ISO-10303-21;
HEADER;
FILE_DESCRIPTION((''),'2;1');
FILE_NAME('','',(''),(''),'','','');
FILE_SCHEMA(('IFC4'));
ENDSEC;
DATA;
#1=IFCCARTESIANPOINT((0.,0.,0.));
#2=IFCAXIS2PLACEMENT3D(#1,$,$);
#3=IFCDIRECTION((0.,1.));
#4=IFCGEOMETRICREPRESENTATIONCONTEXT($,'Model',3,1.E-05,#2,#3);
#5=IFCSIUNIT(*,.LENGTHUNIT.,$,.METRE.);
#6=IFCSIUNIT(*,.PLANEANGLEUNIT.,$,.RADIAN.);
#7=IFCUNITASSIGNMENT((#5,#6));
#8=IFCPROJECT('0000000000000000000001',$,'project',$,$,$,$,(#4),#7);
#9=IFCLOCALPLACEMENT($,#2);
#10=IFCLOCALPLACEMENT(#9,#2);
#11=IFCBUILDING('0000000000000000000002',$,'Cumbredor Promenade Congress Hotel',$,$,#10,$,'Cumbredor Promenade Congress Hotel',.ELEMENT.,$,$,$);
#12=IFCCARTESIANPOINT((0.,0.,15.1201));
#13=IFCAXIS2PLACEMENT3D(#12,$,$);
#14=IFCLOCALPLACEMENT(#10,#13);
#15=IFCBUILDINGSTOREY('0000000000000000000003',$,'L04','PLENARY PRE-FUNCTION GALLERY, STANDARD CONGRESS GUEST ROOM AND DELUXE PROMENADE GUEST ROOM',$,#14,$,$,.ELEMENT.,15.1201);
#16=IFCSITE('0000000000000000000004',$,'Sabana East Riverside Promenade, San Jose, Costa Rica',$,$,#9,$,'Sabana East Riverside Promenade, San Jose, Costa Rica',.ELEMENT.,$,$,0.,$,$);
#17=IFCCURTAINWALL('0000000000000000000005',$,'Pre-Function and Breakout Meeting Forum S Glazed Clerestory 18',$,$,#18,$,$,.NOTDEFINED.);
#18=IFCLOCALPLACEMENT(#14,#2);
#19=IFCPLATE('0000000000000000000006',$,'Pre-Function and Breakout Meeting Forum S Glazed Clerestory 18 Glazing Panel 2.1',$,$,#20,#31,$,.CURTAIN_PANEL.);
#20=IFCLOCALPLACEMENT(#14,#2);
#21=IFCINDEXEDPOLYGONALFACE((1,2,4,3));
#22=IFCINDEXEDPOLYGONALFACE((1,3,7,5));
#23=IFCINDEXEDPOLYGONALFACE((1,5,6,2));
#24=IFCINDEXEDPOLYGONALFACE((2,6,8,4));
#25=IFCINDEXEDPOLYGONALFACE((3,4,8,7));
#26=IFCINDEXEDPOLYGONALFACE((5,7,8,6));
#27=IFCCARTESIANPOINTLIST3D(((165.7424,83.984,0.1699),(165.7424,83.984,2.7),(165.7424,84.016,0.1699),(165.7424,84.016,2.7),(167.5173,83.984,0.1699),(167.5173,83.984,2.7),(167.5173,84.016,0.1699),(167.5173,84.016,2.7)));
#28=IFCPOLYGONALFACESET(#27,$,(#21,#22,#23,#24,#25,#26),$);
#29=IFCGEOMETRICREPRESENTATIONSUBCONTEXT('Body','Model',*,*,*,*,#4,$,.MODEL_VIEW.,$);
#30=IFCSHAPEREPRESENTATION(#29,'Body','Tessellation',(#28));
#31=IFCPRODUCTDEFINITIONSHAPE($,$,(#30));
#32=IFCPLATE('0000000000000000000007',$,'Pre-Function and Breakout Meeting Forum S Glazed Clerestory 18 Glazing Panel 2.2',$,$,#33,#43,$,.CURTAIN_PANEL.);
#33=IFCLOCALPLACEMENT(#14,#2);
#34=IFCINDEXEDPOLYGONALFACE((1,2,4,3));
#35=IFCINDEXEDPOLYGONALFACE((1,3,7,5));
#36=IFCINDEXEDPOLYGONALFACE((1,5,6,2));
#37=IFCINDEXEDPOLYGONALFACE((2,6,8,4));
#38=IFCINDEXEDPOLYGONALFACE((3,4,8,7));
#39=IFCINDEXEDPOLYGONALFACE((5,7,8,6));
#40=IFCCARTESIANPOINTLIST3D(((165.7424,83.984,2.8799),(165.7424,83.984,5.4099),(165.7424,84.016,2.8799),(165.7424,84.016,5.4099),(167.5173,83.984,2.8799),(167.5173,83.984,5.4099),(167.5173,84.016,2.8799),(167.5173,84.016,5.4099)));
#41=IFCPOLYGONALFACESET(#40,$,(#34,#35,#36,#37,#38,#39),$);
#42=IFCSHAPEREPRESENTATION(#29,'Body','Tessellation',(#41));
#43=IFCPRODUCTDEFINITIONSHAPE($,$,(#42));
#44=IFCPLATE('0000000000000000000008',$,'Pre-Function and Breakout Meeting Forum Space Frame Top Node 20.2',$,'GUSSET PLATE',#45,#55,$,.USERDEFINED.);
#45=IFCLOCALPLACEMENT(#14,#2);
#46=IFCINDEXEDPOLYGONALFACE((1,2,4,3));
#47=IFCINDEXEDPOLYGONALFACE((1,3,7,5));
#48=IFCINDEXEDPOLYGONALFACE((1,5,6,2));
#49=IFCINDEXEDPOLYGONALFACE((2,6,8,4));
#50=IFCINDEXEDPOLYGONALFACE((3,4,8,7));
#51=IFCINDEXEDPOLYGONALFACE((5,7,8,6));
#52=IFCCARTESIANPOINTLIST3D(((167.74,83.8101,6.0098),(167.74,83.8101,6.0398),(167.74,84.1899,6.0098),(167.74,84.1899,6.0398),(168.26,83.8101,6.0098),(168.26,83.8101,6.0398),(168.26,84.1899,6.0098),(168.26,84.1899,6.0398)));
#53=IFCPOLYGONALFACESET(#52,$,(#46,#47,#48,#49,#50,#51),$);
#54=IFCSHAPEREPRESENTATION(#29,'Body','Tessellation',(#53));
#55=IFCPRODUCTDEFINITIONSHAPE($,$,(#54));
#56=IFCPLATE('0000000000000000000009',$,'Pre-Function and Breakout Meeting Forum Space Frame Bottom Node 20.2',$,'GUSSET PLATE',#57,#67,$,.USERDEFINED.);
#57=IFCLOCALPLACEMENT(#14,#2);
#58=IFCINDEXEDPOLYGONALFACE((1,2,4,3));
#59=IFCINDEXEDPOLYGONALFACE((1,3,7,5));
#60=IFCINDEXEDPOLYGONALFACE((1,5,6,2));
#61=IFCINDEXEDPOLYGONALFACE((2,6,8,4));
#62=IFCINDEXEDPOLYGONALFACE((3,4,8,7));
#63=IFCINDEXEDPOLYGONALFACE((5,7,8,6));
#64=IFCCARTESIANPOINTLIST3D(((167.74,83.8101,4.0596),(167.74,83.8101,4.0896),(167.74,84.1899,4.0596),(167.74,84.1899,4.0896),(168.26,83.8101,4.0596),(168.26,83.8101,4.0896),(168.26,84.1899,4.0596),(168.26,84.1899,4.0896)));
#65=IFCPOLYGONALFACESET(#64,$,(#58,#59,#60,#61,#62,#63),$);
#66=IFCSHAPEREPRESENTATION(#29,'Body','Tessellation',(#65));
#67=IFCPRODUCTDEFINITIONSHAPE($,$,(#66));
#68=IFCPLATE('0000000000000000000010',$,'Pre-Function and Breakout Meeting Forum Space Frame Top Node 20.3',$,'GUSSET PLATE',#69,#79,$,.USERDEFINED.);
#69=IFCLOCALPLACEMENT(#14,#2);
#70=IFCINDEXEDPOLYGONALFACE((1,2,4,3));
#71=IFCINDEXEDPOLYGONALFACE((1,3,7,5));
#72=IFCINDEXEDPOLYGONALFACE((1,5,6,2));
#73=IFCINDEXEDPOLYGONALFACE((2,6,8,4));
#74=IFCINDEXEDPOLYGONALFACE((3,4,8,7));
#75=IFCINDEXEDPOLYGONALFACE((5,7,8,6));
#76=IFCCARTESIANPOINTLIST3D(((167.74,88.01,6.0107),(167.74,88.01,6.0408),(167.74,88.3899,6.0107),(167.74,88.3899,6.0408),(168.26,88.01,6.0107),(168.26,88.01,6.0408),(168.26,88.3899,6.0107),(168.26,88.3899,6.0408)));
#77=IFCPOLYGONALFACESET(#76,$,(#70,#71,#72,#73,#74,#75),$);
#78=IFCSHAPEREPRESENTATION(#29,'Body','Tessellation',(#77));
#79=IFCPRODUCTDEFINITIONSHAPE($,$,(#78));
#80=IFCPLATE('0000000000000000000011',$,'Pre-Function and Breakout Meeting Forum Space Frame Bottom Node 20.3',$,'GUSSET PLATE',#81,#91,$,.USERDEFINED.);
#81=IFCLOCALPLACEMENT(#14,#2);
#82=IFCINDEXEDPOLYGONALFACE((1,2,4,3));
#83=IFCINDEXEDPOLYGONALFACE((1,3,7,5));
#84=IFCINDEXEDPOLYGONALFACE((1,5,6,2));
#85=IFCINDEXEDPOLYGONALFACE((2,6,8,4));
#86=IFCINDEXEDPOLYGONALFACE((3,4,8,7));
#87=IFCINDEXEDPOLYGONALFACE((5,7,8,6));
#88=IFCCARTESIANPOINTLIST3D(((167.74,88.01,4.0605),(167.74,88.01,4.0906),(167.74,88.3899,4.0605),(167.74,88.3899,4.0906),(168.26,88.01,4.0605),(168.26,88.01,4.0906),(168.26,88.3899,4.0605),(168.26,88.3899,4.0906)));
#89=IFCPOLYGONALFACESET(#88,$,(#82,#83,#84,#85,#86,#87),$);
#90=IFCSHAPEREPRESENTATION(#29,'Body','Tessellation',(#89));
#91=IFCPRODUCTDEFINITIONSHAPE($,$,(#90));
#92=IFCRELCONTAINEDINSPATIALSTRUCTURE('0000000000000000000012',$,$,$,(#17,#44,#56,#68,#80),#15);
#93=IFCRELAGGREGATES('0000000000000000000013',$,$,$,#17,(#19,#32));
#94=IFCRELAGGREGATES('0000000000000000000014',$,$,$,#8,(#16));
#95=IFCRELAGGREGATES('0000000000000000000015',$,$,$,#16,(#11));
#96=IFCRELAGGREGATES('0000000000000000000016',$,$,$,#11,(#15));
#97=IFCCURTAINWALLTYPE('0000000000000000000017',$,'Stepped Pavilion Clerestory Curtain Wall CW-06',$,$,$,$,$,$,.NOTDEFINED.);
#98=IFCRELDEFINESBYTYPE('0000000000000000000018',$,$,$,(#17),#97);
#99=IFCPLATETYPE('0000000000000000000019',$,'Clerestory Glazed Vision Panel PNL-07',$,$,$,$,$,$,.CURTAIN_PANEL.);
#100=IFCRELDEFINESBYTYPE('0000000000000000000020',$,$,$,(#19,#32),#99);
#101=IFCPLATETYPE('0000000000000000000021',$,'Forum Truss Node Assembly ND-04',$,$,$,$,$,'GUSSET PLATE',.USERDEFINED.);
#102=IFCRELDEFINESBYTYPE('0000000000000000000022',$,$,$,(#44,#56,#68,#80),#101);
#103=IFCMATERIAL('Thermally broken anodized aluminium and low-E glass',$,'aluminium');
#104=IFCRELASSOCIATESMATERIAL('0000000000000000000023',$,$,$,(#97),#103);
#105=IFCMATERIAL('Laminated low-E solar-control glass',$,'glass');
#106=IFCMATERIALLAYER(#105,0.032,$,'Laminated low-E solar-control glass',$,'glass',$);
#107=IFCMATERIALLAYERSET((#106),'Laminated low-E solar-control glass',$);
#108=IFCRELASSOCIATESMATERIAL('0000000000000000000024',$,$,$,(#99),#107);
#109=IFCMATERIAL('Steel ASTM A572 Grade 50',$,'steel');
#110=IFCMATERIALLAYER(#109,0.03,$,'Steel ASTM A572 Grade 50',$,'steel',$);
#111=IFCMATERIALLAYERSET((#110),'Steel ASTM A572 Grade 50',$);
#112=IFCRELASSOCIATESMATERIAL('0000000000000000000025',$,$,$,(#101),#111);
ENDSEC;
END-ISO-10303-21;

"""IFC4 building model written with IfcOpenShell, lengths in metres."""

from ifc_helpers import new_model, si_unit, direction, frame, origin, origin_2d, place, context, subcontext, project, spatial, rectangle, extrude, material, layer, layer_set, type_object, element, aggregate, save


model = new_model("IFC4")

# Units and contexts
model_context = context("Model", 3, precision=1e-05, world=origin(), true_north=direction((0.0, 1.0)))
body_context = subcontext(model_context, "Body", "Model", "MODEL_VIEW")
ifc_project = project(units=[si_unit("LENGTHUNIT", "METRE"), si_unit("PLANEANGLEUNIT", "RADIAN")], contexts=[model_context])

# Site, building, storey
site_placement = place(None, origin())
site = spatial("IfcSite", under=ifc_project, at=site_placement, Name="Sabana East Riverside Promenade, San Jose, Costa Rica", LongName="Sabana East Riverside Promenade, San Jose, Costa Rica", CompositionType="ELEMENT", RefElevation=0.0)
building_placement = place(site_placement, origin())
building = spatial("IfcBuilding", under=site, at=building_placement, Name="Cumbredor Promenade Congress Hotel", LongName="Cumbredor Promenade Congress Hotel", CompositionType="ELEMENT")
storey_placement = place(building_placement, frame((0.0, 0.0, 15.1201)))
storey = spatial("IfcBuildingStorey", under=building, at=storey_placement, Name="L04", Description="PLENARY PRE-FUNCTION GALLERY, STANDARD CONGRESS GUEST ROOM AND DELUXE PROMENADE GUEST ROOM", CompositionType="ELEMENT", Elevation=15.1201)

# Curtain wall
ifc_material_1 = material(Name="Thermally broken anodized aluminium and low-E glass", Category="aluminium")
curtain_wall_type = type_object("IfcCurtainWallType", Name="Stepped Pavilion Clerestory Curtain Wall CW-06", PredefinedType="NOTDEFINED", material=ifc_material_1)
curtain_wall_1_placement = place(storey_placement, origin())
curtain_wall_1 = element("IfcCurtainWall", 1, at=curtain_wall_1_placement, inside=storey, type_object=curtain_wall_type, Name="Pre-Function and Breakout Meeting Forum S Glazed Clerestory 18", PredefinedType="NOTDEFINED")

# Plates
ifc_material_2 = material(Name="Laminated low-E solar-control glass", Category="glass")
ifc_layer_1 = layer(ifc_material_2, 0.032, Name="Laminated low-E solar-control glass", Category="glass")
ifc_layer_set_1 = layer_set([ifc_layer_1], Name="Laminated low-E solar-control glass")
plate_type_1 = type_object("IfcPlateType", Name="Clerestory Glazed Vision Panel PNL-07", PredefinedType="CURTAIN_PANEL", material=ifc_layer_set_1)
plate_1_placement = place(storey_placement, frame((166.6299, 84.0, 0.1699), z_axis=(0.0, 0.0, 1.0), x_axis=(1.0, 0.0, 0.0)))
plate_1 = element("IfcPlate", 2, at=plate_1_placement, type_object=plate_type_1, Name="Pre-Function and Breakout Meeting Forum S Glazed Clerestory 18 Glazing Panel 2.1", PredefinedType="CURTAIN_PANEL", context=body_context, shape_type="SweptSolid", body=[
    extrude(rectangle(XDim=1.7749, YDim=0.032, at=origin_2d()), origin(), (0.0, 0.0, 1.0), 2.53),
])
plate_2_placement = place(storey_placement, frame((166.6299, 84.0, 2.8799), z_axis=(0.0, 0.0, 1.0), x_axis=(1.0, 0.0, 0.0)))
plate_2 = element("IfcPlate", 3, at=plate_2_placement, type_object=plate_type_1, Name="Pre-Function and Breakout Meeting Forum S Glazed Clerestory 18 Glazing Panel 2.2", PredefinedType="CURTAIN_PANEL", context=body_context, shape_type="SweptSolid", body=[
    extrude(rectangle(XDim=1.7749, YDim=0.032, at=origin_2d()), origin(), (0.0, 0.0, 1.0), 2.53),
])
aggregate(curtain_wall_1, [plate_1, plate_2])

# Plates
ifc_material_3 = material(Name="Steel ASTM A572 Grade 50", Category="steel")
ifc_layer_2 = layer(ifc_material_3, 0.03, Name="Steel ASTM A572 Grade 50", Category="steel")
ifc_layer_set_2 = layer_set([ifc_layer_2], Name="Steel ASTM A572 Grade 50")
plate_type_2 = type_object("IfcPlateType", Name="Forum Truss Node Assembly ND-04", ElementType="GUSSET PLATE", PredefinedType="USERDEFINED", material=ifc_layer_set_2)
for number, where, z_axis, x_axis, name in (
    (4, (168.0, 84.0, 6.0098), (0.0, 0.0, 1.0), (1.0, 0.0, 0.0), "Pre-Function and Breakout Meeting Forum Space Frame Top Node 20.2"),
    (5, (168.0, 84.0, 4.0596), (0.0, 0.0, 1.0), (1.0, 0.0, 0.0), "Pre-Function and Breakout Meeting Forum Space Frame Bottom Node 20.2"),
    (6, (168.0, 88.2, 6.0107), (0.0, 0.0, 1.0), (1.0, 0.0, 0.0), "Pre-Function and Breakout Meeting Forum Space Frame Top Node 20.3"),
    (7, (168.0, 88.2, 4.0605), (0.0, 0.0, 1.0), (1.0, 0.0, 0.0), "Pre-Function and Breakout Meeting Forum Space Frame Bottom Node 20.3"),
):
    element("IfcPlate", number, at=place(storey_placement, frame(where, z_axis=z_axis, x_axis=x_axis)), inside=storey, type_object=plate_type_2, Name=name, ObjectType="GUSSET PLATE", PredefinedType="USERDEFINED", context=body_context, shape_type="SweptSolid", body=[
        extrude(rectangle(XDim=0.52, YDim=0.3799, at=origin_2d()), origin(), (0.0, 0.0, 1.0), 0.03),
    ])

save(model, "model.ifc")
